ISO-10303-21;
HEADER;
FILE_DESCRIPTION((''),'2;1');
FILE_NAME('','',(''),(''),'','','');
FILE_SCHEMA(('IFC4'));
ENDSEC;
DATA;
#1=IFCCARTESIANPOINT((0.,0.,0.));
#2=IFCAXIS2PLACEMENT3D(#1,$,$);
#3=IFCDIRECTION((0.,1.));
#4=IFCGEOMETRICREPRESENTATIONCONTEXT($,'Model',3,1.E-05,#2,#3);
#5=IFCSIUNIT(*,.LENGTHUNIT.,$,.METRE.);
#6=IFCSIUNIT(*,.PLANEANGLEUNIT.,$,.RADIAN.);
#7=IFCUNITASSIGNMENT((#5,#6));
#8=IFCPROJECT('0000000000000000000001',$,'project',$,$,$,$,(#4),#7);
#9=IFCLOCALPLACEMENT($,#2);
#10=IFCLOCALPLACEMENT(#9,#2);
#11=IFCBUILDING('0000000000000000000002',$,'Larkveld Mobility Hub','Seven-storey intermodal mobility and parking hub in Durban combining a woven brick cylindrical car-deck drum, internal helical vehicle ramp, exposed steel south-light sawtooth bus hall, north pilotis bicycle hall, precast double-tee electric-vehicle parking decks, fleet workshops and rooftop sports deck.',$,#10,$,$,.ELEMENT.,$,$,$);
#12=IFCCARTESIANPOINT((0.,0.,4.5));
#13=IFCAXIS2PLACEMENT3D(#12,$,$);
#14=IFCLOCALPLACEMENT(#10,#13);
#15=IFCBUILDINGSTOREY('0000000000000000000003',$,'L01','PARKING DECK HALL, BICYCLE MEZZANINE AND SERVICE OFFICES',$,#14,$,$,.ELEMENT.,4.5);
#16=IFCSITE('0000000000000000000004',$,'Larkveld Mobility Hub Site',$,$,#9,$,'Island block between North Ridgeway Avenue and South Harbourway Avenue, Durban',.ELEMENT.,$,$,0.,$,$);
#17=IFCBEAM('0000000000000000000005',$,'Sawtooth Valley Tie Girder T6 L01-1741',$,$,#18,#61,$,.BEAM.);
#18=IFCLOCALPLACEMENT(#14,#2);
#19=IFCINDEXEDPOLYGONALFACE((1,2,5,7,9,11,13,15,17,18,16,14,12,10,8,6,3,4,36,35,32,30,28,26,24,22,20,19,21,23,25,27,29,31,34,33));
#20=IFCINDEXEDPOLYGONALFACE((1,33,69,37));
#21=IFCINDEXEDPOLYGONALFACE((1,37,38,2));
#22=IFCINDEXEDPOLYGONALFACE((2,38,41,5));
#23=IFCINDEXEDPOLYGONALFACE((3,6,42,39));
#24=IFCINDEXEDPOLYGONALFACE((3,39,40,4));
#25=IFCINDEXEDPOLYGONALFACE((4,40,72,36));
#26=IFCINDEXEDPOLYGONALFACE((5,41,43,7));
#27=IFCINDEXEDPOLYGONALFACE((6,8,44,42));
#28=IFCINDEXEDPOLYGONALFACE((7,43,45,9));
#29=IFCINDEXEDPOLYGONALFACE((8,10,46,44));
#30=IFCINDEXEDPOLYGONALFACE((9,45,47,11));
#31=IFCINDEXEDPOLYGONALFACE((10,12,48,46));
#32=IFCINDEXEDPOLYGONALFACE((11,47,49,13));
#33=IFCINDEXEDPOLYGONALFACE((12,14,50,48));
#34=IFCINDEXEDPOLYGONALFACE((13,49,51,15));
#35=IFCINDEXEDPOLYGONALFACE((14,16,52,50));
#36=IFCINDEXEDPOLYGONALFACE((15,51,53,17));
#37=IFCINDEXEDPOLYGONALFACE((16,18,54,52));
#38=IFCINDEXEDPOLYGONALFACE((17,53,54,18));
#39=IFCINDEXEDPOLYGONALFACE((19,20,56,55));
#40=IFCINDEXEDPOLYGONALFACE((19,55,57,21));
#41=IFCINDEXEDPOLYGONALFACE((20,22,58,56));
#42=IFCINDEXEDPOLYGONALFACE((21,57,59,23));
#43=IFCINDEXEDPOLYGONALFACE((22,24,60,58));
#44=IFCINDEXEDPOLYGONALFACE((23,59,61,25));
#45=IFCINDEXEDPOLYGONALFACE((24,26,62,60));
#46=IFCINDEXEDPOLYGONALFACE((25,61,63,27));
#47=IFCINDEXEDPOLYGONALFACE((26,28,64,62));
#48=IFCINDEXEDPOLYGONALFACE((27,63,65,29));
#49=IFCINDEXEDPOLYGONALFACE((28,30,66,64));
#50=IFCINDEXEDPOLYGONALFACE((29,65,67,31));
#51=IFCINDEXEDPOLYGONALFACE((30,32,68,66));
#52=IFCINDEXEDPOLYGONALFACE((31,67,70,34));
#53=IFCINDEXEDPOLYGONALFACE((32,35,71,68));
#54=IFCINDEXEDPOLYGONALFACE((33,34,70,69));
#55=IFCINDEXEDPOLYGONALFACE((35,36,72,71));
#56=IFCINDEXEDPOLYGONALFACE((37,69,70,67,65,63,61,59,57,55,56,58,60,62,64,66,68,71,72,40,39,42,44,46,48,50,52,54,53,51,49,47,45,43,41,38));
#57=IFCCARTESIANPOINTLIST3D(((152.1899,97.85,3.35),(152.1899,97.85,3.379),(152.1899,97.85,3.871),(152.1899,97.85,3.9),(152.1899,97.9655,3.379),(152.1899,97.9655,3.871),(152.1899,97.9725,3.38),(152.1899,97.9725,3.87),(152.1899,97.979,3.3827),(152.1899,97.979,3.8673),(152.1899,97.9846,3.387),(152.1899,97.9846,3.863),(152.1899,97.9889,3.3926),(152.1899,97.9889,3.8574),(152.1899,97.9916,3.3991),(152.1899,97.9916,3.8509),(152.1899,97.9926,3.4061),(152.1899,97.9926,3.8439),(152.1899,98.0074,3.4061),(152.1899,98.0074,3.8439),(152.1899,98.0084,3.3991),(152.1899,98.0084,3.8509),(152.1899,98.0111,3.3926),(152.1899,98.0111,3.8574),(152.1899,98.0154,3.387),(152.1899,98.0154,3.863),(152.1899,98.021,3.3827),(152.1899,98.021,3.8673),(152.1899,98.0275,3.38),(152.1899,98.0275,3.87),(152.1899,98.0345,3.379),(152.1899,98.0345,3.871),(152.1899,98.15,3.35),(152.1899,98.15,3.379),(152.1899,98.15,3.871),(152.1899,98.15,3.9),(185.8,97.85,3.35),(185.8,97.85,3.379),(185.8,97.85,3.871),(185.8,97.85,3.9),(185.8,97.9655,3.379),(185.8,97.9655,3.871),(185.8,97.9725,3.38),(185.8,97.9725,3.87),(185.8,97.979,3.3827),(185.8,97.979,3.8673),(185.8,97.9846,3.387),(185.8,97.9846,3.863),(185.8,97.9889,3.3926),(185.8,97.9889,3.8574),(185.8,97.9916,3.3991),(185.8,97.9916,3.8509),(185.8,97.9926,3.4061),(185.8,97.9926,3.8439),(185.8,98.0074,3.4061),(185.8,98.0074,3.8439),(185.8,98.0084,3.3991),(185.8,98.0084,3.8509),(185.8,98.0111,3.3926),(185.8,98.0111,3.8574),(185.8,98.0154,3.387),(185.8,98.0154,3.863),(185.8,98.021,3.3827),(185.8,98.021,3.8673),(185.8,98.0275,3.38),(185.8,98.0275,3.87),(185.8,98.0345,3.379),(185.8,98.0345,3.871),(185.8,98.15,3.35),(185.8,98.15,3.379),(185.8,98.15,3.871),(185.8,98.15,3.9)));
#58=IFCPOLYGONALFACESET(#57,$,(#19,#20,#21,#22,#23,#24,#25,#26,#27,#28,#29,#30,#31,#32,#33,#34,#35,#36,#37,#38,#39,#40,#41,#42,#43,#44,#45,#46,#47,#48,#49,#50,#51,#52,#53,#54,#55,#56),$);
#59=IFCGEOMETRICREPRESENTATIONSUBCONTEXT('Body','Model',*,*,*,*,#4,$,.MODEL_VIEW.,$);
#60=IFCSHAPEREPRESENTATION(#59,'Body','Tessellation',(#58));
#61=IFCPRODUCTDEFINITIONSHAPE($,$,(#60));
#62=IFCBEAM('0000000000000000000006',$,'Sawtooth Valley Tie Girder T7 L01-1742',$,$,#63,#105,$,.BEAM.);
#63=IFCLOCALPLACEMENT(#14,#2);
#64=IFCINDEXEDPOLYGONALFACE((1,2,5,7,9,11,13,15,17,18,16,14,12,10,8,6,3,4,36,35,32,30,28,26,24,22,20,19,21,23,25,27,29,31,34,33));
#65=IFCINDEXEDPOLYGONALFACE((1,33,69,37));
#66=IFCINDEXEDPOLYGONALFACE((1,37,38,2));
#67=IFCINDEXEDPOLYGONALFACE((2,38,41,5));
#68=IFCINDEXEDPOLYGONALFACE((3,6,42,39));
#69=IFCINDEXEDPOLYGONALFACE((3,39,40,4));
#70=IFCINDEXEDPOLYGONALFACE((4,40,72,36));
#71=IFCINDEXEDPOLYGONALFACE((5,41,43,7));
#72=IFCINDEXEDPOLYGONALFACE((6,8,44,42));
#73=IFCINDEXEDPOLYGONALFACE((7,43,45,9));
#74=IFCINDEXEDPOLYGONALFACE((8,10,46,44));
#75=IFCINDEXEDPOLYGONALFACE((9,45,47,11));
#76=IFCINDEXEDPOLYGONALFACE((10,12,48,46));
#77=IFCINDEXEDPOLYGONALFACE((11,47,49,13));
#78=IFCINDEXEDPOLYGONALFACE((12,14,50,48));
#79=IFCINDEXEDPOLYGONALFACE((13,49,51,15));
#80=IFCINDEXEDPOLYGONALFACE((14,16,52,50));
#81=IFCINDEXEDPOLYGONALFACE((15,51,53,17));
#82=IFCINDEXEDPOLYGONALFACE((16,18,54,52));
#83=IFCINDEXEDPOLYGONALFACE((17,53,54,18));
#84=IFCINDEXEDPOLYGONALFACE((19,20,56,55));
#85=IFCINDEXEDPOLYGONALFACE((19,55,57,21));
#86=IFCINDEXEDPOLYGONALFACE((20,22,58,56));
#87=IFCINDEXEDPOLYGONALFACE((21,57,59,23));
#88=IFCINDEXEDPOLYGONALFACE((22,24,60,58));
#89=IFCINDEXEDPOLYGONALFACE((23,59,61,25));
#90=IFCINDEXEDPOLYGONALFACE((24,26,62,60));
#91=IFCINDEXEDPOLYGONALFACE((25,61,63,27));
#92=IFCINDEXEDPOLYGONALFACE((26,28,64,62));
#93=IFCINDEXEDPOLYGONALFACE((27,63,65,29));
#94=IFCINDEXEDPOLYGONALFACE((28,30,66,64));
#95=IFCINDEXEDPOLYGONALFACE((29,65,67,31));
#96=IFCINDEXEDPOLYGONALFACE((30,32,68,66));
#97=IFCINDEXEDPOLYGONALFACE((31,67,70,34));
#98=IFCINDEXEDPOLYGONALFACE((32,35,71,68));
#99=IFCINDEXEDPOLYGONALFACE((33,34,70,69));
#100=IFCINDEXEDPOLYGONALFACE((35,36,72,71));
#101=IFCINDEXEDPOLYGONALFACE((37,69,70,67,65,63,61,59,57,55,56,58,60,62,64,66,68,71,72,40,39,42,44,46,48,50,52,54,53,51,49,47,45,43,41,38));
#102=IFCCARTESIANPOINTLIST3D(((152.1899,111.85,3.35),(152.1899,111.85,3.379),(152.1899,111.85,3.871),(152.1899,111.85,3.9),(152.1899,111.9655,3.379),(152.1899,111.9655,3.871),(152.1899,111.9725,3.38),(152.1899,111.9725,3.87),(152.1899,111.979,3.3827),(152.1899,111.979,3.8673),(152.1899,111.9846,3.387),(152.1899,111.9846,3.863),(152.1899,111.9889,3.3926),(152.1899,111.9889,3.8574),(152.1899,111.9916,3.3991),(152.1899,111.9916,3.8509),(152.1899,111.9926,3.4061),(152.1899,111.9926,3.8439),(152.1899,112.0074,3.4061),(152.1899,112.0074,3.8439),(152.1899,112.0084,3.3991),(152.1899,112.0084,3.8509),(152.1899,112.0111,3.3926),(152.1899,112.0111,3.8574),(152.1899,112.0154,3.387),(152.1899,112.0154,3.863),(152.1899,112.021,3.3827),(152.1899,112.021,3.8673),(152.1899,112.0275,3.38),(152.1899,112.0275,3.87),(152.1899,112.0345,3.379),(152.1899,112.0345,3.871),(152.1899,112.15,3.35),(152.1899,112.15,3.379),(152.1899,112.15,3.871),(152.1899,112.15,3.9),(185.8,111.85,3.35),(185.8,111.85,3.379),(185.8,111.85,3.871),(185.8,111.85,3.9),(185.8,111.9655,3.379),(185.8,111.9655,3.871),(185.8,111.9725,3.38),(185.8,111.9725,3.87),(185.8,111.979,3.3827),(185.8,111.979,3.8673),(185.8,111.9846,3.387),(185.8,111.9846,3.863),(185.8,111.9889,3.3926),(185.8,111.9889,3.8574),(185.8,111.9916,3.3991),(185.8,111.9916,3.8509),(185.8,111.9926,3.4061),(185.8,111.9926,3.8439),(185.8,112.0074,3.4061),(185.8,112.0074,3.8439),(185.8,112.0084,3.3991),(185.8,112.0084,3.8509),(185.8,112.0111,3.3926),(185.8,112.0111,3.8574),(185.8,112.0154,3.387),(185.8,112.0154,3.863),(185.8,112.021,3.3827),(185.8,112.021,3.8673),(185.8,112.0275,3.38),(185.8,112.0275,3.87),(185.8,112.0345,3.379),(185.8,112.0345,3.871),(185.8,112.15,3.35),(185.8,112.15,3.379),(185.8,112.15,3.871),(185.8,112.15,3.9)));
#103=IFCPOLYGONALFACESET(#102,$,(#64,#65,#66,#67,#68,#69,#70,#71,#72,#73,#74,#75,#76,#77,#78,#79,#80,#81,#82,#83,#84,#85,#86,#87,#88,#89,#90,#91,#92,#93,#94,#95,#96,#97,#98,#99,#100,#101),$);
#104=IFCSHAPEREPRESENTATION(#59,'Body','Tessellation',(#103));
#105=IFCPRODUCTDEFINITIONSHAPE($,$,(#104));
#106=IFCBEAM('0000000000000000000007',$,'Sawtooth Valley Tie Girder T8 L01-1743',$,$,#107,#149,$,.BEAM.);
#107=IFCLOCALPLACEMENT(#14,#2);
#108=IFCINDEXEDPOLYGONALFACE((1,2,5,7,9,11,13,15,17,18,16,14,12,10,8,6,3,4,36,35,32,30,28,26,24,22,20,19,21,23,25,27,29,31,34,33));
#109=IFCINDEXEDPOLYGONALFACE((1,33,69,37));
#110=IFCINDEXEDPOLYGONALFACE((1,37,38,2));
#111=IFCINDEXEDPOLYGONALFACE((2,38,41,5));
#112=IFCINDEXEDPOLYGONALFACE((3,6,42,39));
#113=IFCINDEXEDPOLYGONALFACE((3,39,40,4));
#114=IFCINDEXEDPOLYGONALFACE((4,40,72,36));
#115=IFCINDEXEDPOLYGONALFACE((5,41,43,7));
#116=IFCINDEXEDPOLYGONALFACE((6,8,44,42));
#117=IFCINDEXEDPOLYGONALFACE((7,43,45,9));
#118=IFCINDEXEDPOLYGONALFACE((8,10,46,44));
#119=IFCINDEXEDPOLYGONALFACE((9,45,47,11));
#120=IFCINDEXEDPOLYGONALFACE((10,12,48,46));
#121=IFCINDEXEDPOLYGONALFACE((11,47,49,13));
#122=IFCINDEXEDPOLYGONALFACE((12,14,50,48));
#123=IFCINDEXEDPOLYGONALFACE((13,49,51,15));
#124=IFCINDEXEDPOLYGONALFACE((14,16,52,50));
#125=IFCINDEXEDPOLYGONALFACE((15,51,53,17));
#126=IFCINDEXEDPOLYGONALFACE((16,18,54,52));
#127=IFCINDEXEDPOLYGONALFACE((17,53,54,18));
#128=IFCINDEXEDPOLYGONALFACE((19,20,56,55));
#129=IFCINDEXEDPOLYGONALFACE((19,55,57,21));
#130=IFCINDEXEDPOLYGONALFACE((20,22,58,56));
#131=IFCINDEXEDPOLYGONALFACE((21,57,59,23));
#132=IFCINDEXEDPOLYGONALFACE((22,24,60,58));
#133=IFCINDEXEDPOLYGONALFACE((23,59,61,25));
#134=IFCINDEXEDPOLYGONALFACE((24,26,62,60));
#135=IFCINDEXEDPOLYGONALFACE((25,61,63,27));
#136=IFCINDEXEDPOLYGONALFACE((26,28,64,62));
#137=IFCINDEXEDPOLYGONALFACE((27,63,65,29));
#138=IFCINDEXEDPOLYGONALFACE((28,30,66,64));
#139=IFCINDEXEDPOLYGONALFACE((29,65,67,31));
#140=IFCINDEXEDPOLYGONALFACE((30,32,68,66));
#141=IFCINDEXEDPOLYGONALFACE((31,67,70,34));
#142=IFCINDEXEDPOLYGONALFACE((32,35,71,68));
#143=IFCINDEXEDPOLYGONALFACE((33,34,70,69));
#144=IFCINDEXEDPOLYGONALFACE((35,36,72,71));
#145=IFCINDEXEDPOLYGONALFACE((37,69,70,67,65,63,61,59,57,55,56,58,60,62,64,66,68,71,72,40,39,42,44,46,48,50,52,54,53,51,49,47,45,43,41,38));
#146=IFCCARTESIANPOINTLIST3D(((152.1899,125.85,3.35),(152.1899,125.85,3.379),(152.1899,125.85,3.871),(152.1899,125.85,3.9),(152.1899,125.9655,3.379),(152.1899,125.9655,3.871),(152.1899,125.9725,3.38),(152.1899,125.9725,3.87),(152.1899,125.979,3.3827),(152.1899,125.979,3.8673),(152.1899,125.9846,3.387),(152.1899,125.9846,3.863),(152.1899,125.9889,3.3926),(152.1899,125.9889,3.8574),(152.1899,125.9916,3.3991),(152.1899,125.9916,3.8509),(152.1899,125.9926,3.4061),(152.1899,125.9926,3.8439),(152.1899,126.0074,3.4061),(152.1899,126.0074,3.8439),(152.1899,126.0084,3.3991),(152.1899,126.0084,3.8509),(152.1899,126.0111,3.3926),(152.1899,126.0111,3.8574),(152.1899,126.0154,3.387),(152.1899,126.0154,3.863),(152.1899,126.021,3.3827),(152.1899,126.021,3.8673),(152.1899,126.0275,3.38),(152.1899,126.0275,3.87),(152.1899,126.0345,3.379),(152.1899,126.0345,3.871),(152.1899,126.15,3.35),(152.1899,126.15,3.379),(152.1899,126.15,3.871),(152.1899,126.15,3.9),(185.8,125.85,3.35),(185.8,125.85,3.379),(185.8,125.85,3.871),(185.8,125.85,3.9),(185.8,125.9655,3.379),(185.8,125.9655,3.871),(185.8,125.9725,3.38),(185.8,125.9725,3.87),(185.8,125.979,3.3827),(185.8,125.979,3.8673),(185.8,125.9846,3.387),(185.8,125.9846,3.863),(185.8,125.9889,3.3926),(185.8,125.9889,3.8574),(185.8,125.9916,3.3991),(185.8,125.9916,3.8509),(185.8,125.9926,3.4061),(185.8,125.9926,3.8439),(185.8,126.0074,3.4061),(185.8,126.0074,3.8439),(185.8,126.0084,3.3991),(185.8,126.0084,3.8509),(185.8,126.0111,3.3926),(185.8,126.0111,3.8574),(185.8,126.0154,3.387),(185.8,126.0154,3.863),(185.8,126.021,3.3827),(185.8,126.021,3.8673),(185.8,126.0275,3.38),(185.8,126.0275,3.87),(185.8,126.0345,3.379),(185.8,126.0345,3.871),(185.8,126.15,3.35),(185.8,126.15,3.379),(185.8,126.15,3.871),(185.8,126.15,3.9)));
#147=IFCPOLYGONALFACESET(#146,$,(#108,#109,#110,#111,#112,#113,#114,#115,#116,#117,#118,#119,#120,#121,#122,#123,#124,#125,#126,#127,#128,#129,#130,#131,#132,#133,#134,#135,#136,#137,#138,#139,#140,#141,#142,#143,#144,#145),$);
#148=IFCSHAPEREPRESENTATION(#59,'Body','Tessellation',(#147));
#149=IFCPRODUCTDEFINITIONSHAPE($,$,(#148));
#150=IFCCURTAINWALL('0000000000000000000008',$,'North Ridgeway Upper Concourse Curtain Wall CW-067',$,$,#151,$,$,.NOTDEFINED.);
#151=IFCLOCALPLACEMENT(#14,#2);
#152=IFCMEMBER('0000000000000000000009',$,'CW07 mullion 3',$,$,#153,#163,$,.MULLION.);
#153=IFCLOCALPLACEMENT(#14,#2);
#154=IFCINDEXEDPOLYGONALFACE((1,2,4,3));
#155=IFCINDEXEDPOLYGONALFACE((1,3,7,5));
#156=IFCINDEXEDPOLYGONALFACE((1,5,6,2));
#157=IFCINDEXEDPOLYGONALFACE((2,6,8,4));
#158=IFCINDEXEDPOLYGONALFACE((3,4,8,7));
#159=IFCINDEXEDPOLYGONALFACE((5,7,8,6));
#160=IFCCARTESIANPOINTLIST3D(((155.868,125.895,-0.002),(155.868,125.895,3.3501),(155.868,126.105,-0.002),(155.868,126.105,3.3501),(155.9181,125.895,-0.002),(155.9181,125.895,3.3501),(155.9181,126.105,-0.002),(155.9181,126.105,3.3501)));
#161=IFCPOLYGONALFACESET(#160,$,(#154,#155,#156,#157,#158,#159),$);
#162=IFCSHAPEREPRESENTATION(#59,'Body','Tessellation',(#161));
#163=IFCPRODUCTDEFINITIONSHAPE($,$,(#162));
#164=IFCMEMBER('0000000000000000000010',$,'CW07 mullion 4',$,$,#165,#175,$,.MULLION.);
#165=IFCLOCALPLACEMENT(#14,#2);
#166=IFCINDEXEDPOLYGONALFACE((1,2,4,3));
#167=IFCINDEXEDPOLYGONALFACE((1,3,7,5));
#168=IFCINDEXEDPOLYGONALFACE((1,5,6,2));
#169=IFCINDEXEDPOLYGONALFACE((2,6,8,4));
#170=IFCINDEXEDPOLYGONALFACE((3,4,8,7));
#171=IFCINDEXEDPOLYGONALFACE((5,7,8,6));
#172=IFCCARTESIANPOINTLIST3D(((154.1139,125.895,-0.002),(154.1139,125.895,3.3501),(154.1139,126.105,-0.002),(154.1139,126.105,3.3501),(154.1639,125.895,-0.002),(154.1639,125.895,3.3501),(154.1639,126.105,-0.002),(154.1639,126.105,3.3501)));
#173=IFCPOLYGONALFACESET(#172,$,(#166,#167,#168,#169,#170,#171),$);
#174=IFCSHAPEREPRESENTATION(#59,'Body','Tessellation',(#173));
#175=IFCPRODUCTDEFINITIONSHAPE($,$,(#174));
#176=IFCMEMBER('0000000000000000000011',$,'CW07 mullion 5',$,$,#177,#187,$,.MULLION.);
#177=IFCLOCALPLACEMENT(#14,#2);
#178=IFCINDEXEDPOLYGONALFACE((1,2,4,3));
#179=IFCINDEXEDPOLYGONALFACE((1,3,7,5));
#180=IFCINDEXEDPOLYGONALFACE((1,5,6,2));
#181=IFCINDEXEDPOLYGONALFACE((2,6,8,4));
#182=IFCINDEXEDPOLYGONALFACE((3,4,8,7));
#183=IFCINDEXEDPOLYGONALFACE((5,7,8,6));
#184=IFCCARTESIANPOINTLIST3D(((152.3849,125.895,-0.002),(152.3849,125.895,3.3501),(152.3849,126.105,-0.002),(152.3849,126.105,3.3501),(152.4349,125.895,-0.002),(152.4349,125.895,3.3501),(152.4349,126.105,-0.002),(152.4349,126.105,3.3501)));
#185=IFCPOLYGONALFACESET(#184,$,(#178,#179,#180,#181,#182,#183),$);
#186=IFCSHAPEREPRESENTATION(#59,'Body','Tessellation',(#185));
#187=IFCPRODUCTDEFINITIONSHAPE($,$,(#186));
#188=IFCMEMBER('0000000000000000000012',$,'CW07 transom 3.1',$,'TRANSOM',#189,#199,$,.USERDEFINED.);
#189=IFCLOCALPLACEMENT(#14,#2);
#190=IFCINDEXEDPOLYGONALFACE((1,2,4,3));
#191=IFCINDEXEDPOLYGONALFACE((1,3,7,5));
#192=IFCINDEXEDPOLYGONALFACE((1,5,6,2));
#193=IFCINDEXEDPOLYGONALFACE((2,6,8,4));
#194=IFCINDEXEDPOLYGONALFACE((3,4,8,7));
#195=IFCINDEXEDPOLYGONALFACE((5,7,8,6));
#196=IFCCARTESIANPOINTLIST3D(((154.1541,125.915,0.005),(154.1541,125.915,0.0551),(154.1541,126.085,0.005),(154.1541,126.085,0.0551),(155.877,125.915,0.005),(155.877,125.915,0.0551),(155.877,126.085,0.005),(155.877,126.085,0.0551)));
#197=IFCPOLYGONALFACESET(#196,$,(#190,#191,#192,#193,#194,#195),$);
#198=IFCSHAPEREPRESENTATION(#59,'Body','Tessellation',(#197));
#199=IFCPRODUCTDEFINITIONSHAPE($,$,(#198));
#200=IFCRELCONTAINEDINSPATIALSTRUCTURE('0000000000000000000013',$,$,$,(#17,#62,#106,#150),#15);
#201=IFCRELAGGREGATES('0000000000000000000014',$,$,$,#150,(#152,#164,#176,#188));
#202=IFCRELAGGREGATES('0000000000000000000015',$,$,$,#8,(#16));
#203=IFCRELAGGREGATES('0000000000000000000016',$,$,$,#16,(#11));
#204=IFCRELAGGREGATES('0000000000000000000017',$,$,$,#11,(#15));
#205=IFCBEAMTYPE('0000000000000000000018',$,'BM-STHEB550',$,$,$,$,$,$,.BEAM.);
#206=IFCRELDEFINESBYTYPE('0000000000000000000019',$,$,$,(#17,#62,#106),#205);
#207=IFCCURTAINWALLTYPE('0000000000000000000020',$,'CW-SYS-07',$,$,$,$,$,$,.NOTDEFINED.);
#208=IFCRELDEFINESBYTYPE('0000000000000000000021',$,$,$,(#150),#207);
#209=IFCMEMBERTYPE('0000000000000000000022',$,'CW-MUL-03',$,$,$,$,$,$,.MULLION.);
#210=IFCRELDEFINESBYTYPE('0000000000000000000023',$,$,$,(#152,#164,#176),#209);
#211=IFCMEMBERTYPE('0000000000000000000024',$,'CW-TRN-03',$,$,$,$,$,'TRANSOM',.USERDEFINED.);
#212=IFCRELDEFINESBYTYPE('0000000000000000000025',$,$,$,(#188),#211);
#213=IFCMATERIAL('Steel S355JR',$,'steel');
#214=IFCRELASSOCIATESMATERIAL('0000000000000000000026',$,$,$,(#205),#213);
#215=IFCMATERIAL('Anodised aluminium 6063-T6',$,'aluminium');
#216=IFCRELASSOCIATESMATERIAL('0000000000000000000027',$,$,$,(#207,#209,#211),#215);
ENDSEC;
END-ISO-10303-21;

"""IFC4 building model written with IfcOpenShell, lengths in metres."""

from ifc_helpers import new_model, si_unit, direction, frame, origin, origin_2d, place, context, subcontext, project, spatial, rectangle, i_section, extrude, material, material_profile, profile_set, type_object, element, aggregate, save


model = new_model("IFC4")

# Units and contexts
model_context = context("Model", 3, precision=1e-05, world=origin(), true_north=direction((0.0, 1.0)))
body_context = subcontext(model_context, "Body", "Model", "MODEL_VIEW")
ifc_project = project(units=[si_unit("LENGTHUNIT", "METRE"), si_unit("PLANEANGLEUNIT", "RADIAN")], contexts=[model_context])

# Site, building, storey
site_placement = place(None, origin())
site = spatial("IfcSite", under=ifc_project, at=site_placement, Name="Larkveld Mobility Hub Site", LongName="Island block between North Ridgeway Avenue and South Harbourway Avenue, Durban", CompositionType="ELEMENT", RefElevation=0.0)
building_placement = place(site_placement, origin())
building = spatial("IfcBuilding", under=site, at=building_placement, Name="Larkveld Mobility Hub", Description="Seven-storey intermodal mobility and parking hub in Durban combining a woven brick cylindrical car-deck drum, internal helical vehicle ramp, exposed steel south-light sawtooth bus hall, north pilotis bicycle hall, precast double-tee electric-vehicle parking decks, fleet workshops and rooftop sports deck.", CompositionType="ELEMENT")
storey_placement = place(building_placement, frame((0.0, 0.0, 4.5)))
storey = spatial("IfcBuildingStorey", under=building, at=storey_placement, Name="L01", Description="PARKING DECK HALL, BICYCLE MEZZANINE AND SERVICE OFFICES", CompositionType="ELEMENT", Elevation=4.5)

# Beams
ifc_material_1 = material(Name="Steel S355JR", Category="steel")
ifc_material_profile_1 = material_profile(ifc_material_1, i_section(OverallWidth=0.3, OverallDepth=0.55, WebThickness=0.0149, FlangeThickness=0.0291, FilletRadius=0.0271, at=origin_2d()), Name="HEB 550")
ifc_profile_set_1 = profile_set([ifc_material_profile_1], Name="Steel S355JR")
beam_type = type_object("IfcBeamType", Name="BM-STHEB550", PredefinedType="BEAM", material=ifc_profile_set_1)
for number, where, z_axis, x_axis, name in (
    (1, (152.1899, 98.0, 3.625), (1.0, 0.0, 0.0), (0.0, 1.0, 0.0), "Sawtooth Valley Tie Girder T6 L01-1741"),
    (2, (152.1899, 112.0, 3.625), (1.0, 0.0, 0.0), (0.0, 1.0, 0.0), "Sawtooth Valley Tie Girder T7 L01-1742"),
    (3, (152.1899, 126.0, 3.625), (1.0, 0.0, 0.0), (0.0, 1.0, 0.0), "Sawtooth Valley Tie Girder T8 L01-1743"),
):
    element("IfcBeam", number, at=place(storey_placement, frame(where, z_axis=z_axis, x_axis=x_axis)), inside=storey, type_object=beam_type, Name=name, PredefinedType="BEAM", context=body_context, shape_type="SweptSolid", body=[
        extrude(i_section(OverallWidth=0.3, OverallDepth=0.55, WebThickness=0.0149, FlangeThickness=0.0291, FilletRadius=0.0271, at=origin_2d()), origin(), (0.0, 0.0, 1.0), 33.6101),
    ])

# Curtain wall, members
ifc_material_2 = material(Name="Anodised aluminium 6063-T6", Category="aluminium")
curtain_wall_type = type_object("IfcCurtainWallType", Name="CW-SYS-07", PredefinedType="NOTDEFINED", material=ifc_material_2)
curtain_wall_placement = place(storey_placement, origin())
curtain_wall = element("IfcCurtainWall", 4, at=curtain_wall_placement, inside=storey, type_object=curtain_wall_type, Name="North Ridgeway Upper Concourse Curtain Wall CW-067", PredefinedType="NOTDEFINED")
ifc_material_profile_2 = material_profile(ifc_material_2, rectangle(XDim=0.05, YDim=0.21, at=origin_2d()), Name="ALU MULL 50x210")
ifc_profile_set_2 = profile_set([ifc_material_profile_2], Name="Anodised aluminium 6063-T6")
member_type_1 = type_object("IfcMemberType", Name="CW-MUL-03", PredefinedType="MULLION", material=ifc_profile_set_2)
member_1_placement = place(storey_placement, frame((155.8931, 126.0, -0.002), z_axis=(0.0, 0.0, 1.0), x_axis=(-1.0, 0.0, 0.0)))
member_1 = element("IfcMember", 5, at=member_1_placement, type_object=member_type_1, Name="CW07 mullion 3", PredefinedType="MULLION", context=body_context, shape_type="SweptSolid", body=[
    extrude(rectangle(XDim=0.05, YDim=0.21, at=origin_2d()), origin(), (0.0, 0.0, 1.0), 3.3521),
])
member_2_placement = place(storey_placement, frame((154.1389, 126.0, -0.002), z_axis=(0.0, 0.0, 1.0), x_axis=(-1.0, 0.0, 0.0)))
member_2 = element("IfcMember", 6, at=member_2_placement, type_object=member_type_1, Name="CW07 mullion 4", PredefinedType="MULLION", context=body_context, shape_type="SweptSolid", body=[
    extrude(rectangle(XDim=0.05, YDim=0.21, at=origin_2d()), origin(), (0.0, 0.0, 1.0), 3.3521),
])
member_3_placement = place(storey_placement, frame((152.4099, 126.0, -0.002), z_axis=(0.0, 0.0, 1.0), x_axis=(-1.0, 0.0, 0.0)))
member_3 = element("IfcMember", 7, at=member_3_placement, type_object=member_type_1, Name="CW07 mullion 5", PredefinedType="MULLION", context=body_context, shape_type="SweptSolid", body=[
    extrude(rectangle(XDim=0.05, YDim=0.21, at=origin_2d()), origin(), (0.0, 0.0, 1.0), 3.3521),
])
ifc_material_profile_3 = material_profile(ifc_material_2, rectangle(XDim=0.1699, YDim=0.05, at=origin_2d()), Name="ALU TRAN 50x170")
ifc_profile_set_3 = profile_set([ifc_material_profile_3], Name="Anodised aluminium 6063-T6")
member_type_2 = type_object("IfcMemberType", Name="CW-TRN-03", ElementType="TRANSOM", PredefinedType="USERDEFINED", material=ifc_profile_set_3)
member_4_placement = place(storey_placement, frame((155.877, 126.0, 0.03), z_axis=(-1.0, 0.0, 0.0), x_axis=(0.0, -1.0, 0.0)))
member_4 = element("IfcMember", 8, at=member_4_placement, type_object=member_type_2, Name="CW07 transom 3.1", ObjectType="TRANSOM", PredefinedType="USERDEFINED", context=body_context, shape_type="SweptSolid", body=[
    extrude(rectangle(XDim=0.1699, YDim=0.05, at=origin_2d()), origin(), (0.0, 0.0, 1.0), 1.7229),
])
aggregate(curtain_wall, [member_1, member_2, member_3, member_4])

save(model, "model.ifc")
